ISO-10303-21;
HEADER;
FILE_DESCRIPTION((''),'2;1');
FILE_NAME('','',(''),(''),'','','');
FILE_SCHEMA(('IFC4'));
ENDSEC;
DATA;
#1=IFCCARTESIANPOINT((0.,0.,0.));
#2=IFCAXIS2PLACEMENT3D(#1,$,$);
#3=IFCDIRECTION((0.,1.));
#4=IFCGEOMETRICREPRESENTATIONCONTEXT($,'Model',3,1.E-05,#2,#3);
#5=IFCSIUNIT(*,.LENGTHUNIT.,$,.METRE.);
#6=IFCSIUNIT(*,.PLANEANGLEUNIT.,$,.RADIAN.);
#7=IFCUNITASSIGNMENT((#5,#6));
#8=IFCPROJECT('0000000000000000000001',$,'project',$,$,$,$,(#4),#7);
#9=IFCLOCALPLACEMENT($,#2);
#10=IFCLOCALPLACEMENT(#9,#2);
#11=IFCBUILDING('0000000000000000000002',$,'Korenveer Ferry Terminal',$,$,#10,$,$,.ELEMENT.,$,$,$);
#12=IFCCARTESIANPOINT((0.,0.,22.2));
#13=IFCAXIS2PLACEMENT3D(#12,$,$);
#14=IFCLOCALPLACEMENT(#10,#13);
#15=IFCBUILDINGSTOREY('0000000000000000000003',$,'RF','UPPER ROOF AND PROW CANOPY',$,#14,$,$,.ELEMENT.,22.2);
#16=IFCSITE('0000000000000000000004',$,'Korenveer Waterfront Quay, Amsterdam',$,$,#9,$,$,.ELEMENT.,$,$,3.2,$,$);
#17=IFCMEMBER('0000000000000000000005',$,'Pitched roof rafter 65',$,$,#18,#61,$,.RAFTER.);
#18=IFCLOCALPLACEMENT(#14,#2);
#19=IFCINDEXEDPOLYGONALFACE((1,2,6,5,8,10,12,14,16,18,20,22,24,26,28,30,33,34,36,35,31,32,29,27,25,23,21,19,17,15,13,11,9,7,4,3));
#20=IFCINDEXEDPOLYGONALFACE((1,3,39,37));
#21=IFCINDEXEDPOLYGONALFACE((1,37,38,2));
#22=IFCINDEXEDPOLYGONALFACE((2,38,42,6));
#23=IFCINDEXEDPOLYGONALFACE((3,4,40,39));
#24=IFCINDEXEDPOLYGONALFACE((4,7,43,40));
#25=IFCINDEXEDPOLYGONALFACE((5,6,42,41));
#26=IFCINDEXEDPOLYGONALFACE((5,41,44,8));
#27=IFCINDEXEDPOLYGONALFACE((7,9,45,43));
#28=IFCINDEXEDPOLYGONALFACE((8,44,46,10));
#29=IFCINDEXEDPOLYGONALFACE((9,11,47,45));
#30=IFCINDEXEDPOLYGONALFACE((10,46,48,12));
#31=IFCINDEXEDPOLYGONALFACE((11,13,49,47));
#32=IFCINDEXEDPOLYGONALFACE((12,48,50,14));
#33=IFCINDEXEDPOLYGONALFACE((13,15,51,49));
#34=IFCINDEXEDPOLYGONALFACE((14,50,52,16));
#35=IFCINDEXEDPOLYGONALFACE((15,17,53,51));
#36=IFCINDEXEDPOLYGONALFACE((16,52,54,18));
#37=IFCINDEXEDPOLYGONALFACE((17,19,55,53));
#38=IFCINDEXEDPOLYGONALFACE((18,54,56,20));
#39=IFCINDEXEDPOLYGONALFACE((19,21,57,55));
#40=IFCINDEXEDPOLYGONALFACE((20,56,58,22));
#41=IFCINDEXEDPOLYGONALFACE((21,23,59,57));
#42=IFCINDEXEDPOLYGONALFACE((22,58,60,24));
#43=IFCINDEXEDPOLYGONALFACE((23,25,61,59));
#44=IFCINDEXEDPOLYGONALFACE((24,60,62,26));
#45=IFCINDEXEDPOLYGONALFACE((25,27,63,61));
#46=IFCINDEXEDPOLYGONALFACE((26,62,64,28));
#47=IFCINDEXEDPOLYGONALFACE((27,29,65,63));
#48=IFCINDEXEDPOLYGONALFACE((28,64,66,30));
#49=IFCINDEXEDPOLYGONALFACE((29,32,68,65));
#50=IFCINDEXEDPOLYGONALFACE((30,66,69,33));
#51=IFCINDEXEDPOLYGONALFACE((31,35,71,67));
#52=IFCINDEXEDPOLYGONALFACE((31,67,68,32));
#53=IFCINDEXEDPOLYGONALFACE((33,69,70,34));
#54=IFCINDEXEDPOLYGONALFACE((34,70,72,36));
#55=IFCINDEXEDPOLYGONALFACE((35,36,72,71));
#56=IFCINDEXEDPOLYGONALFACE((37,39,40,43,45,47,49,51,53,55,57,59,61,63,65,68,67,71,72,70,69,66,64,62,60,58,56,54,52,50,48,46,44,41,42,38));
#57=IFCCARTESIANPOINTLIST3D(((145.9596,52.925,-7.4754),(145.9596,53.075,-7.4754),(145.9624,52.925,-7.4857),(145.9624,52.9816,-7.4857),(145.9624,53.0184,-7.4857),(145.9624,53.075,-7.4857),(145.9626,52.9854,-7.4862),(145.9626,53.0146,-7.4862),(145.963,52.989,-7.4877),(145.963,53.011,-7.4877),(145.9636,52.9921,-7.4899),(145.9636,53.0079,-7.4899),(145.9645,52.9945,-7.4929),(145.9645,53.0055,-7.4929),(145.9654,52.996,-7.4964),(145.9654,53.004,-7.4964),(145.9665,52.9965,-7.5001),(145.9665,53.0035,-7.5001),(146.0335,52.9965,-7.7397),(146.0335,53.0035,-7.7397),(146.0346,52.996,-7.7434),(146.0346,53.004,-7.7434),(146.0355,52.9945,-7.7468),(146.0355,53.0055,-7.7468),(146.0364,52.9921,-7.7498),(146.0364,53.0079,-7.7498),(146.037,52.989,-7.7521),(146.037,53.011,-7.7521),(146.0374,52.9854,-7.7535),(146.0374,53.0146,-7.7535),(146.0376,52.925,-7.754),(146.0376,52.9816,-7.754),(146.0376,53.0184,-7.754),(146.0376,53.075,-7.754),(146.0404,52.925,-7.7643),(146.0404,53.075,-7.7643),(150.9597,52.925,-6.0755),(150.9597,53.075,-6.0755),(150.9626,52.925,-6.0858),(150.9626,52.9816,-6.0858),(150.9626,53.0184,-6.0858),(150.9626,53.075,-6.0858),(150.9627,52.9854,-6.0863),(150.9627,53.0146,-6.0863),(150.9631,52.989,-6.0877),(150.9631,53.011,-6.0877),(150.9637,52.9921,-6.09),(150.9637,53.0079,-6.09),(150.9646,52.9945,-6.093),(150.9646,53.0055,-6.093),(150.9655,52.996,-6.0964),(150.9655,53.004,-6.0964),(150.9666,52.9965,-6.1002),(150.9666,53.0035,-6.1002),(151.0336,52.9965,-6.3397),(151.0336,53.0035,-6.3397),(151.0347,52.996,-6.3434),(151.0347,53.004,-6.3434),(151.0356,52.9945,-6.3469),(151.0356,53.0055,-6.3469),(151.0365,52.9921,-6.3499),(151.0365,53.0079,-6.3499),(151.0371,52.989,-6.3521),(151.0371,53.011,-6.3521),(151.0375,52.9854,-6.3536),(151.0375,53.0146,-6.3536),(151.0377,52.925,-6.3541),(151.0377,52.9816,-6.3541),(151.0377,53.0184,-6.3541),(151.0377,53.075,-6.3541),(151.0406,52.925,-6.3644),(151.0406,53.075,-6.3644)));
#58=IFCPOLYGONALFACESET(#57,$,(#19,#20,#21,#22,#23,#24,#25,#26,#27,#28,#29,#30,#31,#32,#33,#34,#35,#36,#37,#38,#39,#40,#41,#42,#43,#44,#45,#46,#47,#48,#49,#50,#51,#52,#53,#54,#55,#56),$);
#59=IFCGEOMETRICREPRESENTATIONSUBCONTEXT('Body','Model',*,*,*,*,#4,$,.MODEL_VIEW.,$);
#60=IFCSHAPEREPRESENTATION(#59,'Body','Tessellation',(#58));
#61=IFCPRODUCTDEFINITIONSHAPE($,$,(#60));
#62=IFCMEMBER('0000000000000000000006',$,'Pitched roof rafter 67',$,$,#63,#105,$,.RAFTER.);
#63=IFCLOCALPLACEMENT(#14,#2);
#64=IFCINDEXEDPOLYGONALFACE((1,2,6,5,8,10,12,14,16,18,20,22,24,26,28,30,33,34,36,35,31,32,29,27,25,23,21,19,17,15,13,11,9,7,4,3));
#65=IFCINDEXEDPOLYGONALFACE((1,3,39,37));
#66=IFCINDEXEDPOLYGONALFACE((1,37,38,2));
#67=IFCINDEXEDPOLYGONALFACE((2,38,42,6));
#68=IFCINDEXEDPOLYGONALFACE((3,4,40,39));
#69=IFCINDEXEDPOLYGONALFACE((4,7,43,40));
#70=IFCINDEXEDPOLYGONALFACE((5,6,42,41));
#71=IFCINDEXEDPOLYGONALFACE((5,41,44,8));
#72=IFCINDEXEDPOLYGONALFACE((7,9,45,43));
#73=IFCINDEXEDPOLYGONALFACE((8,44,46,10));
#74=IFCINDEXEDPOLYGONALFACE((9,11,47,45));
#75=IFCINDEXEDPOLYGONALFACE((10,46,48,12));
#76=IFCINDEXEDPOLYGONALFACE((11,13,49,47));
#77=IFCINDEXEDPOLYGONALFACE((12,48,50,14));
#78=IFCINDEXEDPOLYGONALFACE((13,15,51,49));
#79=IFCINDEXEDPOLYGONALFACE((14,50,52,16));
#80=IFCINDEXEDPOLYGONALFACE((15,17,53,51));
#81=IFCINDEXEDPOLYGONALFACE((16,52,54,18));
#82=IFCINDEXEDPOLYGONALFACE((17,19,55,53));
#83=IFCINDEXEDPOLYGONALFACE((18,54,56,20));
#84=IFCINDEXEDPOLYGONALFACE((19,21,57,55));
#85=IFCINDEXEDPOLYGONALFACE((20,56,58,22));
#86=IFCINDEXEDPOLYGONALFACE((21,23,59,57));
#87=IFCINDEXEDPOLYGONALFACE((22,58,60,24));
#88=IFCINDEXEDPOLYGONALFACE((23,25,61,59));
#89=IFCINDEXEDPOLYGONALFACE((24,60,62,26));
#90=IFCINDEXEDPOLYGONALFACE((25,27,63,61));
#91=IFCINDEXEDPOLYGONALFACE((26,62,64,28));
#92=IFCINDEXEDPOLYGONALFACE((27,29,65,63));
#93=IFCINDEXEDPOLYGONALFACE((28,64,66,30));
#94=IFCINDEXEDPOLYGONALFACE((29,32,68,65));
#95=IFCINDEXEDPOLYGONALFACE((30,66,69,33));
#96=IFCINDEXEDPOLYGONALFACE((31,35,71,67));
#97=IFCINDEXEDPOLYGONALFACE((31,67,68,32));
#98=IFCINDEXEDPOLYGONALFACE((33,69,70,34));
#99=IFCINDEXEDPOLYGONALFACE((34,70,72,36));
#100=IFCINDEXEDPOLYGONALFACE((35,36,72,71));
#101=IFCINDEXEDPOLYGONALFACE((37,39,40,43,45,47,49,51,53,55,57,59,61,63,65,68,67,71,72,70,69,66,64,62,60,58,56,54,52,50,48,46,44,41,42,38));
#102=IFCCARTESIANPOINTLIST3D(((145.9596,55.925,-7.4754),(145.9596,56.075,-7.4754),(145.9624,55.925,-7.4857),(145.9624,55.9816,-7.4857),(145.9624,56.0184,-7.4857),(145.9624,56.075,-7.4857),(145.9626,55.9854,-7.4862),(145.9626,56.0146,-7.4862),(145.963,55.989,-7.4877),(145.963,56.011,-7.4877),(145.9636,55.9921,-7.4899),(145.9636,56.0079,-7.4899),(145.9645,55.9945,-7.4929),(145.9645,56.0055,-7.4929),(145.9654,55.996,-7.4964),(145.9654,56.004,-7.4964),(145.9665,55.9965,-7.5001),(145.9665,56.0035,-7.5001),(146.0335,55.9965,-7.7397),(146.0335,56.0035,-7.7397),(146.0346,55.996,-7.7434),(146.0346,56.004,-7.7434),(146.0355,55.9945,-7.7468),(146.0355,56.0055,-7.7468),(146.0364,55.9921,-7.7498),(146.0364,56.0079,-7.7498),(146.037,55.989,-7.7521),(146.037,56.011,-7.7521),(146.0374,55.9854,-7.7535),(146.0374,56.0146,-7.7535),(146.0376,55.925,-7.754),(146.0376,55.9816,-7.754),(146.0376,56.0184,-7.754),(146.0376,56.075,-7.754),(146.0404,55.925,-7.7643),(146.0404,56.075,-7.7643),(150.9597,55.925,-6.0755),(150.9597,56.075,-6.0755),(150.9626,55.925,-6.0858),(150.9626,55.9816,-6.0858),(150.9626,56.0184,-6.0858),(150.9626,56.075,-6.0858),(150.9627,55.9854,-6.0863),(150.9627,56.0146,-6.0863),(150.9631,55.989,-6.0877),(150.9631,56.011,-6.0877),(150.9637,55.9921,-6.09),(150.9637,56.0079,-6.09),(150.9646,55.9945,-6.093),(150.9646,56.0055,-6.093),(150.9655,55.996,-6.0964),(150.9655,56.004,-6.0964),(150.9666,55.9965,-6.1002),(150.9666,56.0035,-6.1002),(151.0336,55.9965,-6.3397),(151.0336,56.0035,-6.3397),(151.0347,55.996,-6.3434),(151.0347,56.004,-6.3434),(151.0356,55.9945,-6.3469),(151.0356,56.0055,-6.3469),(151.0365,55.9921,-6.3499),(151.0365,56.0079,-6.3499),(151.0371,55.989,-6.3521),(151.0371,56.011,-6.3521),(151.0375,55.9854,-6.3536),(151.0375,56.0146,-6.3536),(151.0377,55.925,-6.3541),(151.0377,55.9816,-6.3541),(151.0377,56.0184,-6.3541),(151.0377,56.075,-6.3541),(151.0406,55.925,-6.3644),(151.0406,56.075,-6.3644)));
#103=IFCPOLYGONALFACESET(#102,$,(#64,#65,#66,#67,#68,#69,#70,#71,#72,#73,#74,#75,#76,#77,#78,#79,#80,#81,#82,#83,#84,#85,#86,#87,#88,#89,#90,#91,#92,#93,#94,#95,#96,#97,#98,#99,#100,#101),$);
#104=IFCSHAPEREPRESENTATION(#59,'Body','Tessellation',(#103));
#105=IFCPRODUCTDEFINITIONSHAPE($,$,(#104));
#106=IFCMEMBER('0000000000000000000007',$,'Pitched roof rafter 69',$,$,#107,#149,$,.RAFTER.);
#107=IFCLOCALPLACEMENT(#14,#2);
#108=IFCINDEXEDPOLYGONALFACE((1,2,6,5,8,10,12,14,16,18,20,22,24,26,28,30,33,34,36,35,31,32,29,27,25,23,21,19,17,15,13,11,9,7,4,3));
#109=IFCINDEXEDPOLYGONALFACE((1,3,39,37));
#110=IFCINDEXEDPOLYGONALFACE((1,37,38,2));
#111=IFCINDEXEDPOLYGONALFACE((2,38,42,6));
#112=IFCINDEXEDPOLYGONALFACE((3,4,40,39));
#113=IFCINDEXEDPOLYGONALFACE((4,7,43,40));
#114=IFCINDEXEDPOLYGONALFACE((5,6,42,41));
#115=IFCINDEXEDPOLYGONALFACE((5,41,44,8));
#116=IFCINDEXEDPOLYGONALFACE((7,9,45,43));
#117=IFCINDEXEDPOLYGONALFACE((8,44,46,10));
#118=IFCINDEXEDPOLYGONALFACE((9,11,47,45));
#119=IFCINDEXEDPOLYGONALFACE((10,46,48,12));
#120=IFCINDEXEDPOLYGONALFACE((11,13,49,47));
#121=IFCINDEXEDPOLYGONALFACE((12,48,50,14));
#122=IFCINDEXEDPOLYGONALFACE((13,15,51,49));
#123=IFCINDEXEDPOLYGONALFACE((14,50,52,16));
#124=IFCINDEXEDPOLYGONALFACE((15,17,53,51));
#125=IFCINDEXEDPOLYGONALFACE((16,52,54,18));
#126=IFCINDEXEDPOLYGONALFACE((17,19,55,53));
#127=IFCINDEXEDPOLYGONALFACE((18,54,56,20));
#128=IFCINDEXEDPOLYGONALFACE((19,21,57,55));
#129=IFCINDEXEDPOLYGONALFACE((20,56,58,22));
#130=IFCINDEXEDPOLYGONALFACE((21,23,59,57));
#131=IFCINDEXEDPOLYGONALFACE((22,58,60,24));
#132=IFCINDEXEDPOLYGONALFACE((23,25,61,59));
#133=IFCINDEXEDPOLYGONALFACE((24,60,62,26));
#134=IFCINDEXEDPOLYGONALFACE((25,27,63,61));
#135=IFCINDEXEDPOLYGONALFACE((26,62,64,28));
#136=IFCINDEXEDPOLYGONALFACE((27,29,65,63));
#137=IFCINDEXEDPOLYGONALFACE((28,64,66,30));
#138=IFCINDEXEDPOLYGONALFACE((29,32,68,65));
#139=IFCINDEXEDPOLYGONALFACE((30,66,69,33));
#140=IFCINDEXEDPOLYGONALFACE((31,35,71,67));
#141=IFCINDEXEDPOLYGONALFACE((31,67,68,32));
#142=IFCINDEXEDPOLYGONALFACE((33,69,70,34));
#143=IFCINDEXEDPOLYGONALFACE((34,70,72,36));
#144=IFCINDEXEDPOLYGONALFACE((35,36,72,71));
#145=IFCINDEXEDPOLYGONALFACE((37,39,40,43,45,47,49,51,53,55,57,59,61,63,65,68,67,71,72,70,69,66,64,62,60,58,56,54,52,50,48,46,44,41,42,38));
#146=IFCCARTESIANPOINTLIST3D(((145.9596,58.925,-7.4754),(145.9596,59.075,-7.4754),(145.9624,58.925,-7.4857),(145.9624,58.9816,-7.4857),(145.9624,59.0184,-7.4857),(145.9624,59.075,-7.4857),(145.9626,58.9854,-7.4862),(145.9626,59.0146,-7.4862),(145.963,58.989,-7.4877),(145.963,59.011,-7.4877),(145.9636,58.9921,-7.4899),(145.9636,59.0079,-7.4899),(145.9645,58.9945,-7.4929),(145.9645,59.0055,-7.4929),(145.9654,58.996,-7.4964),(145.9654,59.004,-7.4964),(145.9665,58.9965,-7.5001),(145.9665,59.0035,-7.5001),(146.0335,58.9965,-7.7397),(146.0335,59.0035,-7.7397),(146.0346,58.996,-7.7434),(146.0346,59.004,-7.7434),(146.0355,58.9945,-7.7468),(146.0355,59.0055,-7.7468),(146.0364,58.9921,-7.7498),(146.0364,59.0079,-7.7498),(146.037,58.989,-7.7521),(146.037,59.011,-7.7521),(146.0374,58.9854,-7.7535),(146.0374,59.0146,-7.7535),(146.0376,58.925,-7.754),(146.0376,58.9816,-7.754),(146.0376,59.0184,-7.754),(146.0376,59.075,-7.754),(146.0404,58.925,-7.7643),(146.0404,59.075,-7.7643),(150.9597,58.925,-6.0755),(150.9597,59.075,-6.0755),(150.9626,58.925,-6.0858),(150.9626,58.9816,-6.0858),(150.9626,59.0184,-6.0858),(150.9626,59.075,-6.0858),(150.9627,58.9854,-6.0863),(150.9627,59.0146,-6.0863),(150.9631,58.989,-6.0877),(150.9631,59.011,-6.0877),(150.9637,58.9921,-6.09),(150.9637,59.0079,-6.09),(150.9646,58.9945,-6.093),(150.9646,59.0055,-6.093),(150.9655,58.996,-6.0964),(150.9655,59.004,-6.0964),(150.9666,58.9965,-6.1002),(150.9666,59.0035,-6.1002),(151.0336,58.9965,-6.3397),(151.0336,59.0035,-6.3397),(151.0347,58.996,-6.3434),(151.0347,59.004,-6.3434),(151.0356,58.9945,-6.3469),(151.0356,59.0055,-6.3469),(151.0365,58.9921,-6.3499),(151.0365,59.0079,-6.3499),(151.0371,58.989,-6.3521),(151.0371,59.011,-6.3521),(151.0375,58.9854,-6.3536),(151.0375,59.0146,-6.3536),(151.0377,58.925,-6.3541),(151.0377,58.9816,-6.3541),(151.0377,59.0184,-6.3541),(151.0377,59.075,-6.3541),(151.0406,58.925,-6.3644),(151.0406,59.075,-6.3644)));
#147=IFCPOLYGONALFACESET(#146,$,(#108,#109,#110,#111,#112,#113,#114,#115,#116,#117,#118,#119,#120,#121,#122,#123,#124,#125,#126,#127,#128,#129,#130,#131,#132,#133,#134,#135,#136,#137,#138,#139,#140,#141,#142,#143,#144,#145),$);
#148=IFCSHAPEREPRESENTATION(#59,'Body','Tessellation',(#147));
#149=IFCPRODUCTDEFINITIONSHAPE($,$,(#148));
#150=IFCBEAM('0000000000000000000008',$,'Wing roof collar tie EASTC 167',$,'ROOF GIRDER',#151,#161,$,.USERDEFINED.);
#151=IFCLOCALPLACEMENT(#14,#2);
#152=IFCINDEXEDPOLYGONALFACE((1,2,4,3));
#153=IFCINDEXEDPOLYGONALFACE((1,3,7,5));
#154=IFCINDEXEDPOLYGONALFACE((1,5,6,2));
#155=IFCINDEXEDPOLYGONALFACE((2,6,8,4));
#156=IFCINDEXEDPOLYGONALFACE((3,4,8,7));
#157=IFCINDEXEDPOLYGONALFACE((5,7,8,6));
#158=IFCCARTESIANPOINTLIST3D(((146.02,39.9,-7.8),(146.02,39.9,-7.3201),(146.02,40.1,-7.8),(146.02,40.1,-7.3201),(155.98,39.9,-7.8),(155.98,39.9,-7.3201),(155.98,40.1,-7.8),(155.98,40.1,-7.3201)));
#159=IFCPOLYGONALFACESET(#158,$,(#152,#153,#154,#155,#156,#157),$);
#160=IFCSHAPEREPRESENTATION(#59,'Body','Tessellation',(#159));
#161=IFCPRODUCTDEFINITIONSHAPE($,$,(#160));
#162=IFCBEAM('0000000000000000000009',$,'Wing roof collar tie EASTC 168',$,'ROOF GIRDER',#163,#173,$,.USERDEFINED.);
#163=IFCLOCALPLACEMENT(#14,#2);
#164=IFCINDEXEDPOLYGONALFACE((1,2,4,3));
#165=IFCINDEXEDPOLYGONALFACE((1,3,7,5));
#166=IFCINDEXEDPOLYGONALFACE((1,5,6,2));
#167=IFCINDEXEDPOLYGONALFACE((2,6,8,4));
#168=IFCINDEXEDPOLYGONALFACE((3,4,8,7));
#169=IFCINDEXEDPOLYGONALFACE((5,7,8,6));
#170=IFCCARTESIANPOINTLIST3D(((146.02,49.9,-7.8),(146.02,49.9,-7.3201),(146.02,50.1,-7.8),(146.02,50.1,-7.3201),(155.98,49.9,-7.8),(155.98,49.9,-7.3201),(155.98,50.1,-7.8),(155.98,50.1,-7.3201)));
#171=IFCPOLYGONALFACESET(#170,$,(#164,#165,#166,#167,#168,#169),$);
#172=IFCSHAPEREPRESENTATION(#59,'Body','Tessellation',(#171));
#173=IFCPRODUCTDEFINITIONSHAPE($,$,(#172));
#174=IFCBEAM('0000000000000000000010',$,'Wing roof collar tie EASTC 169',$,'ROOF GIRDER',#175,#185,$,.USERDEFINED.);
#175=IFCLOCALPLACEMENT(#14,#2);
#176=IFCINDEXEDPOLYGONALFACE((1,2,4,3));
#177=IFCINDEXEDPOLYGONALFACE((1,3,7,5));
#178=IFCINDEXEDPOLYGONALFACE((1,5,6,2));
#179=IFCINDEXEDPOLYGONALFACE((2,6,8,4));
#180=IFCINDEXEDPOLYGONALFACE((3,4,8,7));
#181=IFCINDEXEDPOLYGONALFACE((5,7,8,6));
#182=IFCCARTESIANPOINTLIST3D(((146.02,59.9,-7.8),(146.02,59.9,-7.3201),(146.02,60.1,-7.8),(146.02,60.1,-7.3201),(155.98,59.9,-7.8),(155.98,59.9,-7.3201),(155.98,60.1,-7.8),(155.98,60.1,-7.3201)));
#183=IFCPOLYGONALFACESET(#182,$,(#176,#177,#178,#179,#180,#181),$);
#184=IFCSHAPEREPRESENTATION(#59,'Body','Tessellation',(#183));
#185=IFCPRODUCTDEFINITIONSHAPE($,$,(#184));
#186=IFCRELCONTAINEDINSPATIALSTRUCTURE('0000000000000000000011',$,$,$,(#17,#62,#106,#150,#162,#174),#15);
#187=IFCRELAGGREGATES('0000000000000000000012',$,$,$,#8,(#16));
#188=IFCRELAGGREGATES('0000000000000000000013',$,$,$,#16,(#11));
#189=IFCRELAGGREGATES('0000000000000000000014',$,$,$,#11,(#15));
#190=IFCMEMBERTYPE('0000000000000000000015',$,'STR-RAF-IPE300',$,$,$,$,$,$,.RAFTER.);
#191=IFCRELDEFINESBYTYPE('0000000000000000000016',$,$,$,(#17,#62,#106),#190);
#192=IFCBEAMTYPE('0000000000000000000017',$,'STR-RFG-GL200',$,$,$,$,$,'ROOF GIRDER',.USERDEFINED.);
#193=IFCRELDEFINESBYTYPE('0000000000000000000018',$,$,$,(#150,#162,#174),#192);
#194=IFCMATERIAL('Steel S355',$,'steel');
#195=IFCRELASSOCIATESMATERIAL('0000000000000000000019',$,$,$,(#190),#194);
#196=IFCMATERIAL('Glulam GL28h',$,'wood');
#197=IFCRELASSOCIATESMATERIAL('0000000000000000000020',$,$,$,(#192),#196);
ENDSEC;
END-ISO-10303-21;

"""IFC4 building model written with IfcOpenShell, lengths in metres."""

from ifc_helpers import new_model, si_unit, direction, frame, origin, origin_2d, place, context, subcontext, project, spatial, rectangle, i_section, extrude, material, material_profile, profile_set, type_object, element, save


model = new_model("IFC4")

# Units and contexts
model_context = context("Model", 3, precision=1e-05, world=origin(), true_north=direction((0.0, 1.0)))
body_context = subcontext(model_context, "Body", "Model", "MODEL_VIEW")
ifc_project = project(units=[si_unit("LENGTHUNIT", "METRE"), si_unit("PLANEANGLEUNIT", "RADIAN")], contexts=[model_context])

# Site, building, storey
site_placement = place(None, origin())
site = spatial("IfcSite", under=ifc_project, at=site_placement, Name="Korenveer Waterfront Quay, Amsterdam", CompositionType="ELEMENT", RefElevation=3.2)
building_placement = place(site_placement, origin())
building = spatial("IfcBuilding", under=site, at=building_placement, Name="Korenveer Ferry Terminal", CompositionType="ELEMENT")
storey_placement = place(building_placement, frame((0.0, 0.0, 22.2)))
storey = spatial("IfcBuildingStorey", under=building, at=storey_placement, Name="RF", Description="UPPER ROOF AND PROW CANOPY", CompositionType="ELEMENT", Elevation=22.2)

# Shared definitions
ifc_material_1 = material(Name="Steel S355", Category="steel")

# Members
ifc_material_profile_1 = material_profile(ifc_material_1, i_section(OverallWidth=0.1499, OverallDepth=0.3, WebThickness=0.0071, FlangeThickness=0.0107, FilletRadius=0.0149, at=origin_2d()), Name="IPE 300")
ifc_profile_set_1 = profile_set([ifc_material_profile_1], Name="Steel S355")
member_type_1 = type_object("IfcMemberType", Name="STR-RAF-IPE300", PredefinedType="RAFTER", material=ifc_profile_set_1)
for number, where, z_axis, x_axis, name in (
    (1, (146.0, 53.0, -7.6199), (0.962969, 0.0, 0.269612), (0.0, 1.0, 0.0), "Pitched roof rafter 65"),
    (2, (146.0, 56.0, -7.6199), (0.962969, 0.0, 0.269612), (0.0, 1.0, 0.0), "Pitched roof rafter 67"),
    (3, (146.0, 59.0, -7.6199), (0.962969, 0.0, 0.269612), (0.0, 1.0, 0.0), "Pitched roof rafter 69"),
):
    element("IfcMember", number, at=place(storey_placement, frame(where, z_axis=z_axis, x_axis=x_axis)), inside=storey, type_object=member_type_1, Name=name, PredefinedType="RAFTER", context=body_context, shape_type="SweptSolid", body=[
        extrude(i_section(OverallWidth=0.1499, OverallDepth=0.3, WebThickness=0.0071, FlangeThickness=0.0107, FilletRadius=0.0149, at=origin_2d()), origin(), (0.0, 0.0, 1.0), 5.1924),
    ])

# Beams
ifc_material_2 = material(Name="Glulam GL28h", Category="wood")
ifc_material_profile_2 = material_profile(ifc_material_2, rectangle(XDim=0.2, YDim=0.48, at=origin_2d()), Name="GL 200x480")
ifc_profile_set_2 = profile_set([ifc_material_profile_2], Name="Glulam GL28h")
beam_type_1 = type_object("IfcBeamType", Name="STR-RFG-GL200", ElementType="ROOF GIRDER", PredefinedType="USERDEFINED", material=ifc_profile_set_2)
for number, where, z_axis, x_axis, name in (
    (4, (146.02, 40.0, -7.5601), (1.0, 0.0, 0.0), (0.0, 1.0, 0.0), "Wing roof collar tie EASTC 167"),
    (5, (146.02, 50.0, -7.5601), (1.0, 0.0, 0.0), (0.0, 1.0, 0.0), "Wing roof collar tie EASTC 168"),
    (6, (146.02, 60.0, -7.5601), (1.0, 0.0, 0.0), (0.0, 1.0, 0.0), "Wing roof collar tie EASTC 169"),
):
    element("IfcBeam", number, at=place(storey_placement, frame(where, z_axis=z_axis, x_axis=x_axis)), inside=storey, type_object=beam_type_1, Name=name, ObjectType="ROOF GIRDER", PredefinedType="USERDEFINED", context=body_context, shape_type="SweptSolid", body=[
        extrude(rectangle(XDim=0.2, YDim=0.48, at=origin_2d()), origin(), (0.0, 0.0, 1.0), 9.96),
    ])

save(model, "model.ifc")
